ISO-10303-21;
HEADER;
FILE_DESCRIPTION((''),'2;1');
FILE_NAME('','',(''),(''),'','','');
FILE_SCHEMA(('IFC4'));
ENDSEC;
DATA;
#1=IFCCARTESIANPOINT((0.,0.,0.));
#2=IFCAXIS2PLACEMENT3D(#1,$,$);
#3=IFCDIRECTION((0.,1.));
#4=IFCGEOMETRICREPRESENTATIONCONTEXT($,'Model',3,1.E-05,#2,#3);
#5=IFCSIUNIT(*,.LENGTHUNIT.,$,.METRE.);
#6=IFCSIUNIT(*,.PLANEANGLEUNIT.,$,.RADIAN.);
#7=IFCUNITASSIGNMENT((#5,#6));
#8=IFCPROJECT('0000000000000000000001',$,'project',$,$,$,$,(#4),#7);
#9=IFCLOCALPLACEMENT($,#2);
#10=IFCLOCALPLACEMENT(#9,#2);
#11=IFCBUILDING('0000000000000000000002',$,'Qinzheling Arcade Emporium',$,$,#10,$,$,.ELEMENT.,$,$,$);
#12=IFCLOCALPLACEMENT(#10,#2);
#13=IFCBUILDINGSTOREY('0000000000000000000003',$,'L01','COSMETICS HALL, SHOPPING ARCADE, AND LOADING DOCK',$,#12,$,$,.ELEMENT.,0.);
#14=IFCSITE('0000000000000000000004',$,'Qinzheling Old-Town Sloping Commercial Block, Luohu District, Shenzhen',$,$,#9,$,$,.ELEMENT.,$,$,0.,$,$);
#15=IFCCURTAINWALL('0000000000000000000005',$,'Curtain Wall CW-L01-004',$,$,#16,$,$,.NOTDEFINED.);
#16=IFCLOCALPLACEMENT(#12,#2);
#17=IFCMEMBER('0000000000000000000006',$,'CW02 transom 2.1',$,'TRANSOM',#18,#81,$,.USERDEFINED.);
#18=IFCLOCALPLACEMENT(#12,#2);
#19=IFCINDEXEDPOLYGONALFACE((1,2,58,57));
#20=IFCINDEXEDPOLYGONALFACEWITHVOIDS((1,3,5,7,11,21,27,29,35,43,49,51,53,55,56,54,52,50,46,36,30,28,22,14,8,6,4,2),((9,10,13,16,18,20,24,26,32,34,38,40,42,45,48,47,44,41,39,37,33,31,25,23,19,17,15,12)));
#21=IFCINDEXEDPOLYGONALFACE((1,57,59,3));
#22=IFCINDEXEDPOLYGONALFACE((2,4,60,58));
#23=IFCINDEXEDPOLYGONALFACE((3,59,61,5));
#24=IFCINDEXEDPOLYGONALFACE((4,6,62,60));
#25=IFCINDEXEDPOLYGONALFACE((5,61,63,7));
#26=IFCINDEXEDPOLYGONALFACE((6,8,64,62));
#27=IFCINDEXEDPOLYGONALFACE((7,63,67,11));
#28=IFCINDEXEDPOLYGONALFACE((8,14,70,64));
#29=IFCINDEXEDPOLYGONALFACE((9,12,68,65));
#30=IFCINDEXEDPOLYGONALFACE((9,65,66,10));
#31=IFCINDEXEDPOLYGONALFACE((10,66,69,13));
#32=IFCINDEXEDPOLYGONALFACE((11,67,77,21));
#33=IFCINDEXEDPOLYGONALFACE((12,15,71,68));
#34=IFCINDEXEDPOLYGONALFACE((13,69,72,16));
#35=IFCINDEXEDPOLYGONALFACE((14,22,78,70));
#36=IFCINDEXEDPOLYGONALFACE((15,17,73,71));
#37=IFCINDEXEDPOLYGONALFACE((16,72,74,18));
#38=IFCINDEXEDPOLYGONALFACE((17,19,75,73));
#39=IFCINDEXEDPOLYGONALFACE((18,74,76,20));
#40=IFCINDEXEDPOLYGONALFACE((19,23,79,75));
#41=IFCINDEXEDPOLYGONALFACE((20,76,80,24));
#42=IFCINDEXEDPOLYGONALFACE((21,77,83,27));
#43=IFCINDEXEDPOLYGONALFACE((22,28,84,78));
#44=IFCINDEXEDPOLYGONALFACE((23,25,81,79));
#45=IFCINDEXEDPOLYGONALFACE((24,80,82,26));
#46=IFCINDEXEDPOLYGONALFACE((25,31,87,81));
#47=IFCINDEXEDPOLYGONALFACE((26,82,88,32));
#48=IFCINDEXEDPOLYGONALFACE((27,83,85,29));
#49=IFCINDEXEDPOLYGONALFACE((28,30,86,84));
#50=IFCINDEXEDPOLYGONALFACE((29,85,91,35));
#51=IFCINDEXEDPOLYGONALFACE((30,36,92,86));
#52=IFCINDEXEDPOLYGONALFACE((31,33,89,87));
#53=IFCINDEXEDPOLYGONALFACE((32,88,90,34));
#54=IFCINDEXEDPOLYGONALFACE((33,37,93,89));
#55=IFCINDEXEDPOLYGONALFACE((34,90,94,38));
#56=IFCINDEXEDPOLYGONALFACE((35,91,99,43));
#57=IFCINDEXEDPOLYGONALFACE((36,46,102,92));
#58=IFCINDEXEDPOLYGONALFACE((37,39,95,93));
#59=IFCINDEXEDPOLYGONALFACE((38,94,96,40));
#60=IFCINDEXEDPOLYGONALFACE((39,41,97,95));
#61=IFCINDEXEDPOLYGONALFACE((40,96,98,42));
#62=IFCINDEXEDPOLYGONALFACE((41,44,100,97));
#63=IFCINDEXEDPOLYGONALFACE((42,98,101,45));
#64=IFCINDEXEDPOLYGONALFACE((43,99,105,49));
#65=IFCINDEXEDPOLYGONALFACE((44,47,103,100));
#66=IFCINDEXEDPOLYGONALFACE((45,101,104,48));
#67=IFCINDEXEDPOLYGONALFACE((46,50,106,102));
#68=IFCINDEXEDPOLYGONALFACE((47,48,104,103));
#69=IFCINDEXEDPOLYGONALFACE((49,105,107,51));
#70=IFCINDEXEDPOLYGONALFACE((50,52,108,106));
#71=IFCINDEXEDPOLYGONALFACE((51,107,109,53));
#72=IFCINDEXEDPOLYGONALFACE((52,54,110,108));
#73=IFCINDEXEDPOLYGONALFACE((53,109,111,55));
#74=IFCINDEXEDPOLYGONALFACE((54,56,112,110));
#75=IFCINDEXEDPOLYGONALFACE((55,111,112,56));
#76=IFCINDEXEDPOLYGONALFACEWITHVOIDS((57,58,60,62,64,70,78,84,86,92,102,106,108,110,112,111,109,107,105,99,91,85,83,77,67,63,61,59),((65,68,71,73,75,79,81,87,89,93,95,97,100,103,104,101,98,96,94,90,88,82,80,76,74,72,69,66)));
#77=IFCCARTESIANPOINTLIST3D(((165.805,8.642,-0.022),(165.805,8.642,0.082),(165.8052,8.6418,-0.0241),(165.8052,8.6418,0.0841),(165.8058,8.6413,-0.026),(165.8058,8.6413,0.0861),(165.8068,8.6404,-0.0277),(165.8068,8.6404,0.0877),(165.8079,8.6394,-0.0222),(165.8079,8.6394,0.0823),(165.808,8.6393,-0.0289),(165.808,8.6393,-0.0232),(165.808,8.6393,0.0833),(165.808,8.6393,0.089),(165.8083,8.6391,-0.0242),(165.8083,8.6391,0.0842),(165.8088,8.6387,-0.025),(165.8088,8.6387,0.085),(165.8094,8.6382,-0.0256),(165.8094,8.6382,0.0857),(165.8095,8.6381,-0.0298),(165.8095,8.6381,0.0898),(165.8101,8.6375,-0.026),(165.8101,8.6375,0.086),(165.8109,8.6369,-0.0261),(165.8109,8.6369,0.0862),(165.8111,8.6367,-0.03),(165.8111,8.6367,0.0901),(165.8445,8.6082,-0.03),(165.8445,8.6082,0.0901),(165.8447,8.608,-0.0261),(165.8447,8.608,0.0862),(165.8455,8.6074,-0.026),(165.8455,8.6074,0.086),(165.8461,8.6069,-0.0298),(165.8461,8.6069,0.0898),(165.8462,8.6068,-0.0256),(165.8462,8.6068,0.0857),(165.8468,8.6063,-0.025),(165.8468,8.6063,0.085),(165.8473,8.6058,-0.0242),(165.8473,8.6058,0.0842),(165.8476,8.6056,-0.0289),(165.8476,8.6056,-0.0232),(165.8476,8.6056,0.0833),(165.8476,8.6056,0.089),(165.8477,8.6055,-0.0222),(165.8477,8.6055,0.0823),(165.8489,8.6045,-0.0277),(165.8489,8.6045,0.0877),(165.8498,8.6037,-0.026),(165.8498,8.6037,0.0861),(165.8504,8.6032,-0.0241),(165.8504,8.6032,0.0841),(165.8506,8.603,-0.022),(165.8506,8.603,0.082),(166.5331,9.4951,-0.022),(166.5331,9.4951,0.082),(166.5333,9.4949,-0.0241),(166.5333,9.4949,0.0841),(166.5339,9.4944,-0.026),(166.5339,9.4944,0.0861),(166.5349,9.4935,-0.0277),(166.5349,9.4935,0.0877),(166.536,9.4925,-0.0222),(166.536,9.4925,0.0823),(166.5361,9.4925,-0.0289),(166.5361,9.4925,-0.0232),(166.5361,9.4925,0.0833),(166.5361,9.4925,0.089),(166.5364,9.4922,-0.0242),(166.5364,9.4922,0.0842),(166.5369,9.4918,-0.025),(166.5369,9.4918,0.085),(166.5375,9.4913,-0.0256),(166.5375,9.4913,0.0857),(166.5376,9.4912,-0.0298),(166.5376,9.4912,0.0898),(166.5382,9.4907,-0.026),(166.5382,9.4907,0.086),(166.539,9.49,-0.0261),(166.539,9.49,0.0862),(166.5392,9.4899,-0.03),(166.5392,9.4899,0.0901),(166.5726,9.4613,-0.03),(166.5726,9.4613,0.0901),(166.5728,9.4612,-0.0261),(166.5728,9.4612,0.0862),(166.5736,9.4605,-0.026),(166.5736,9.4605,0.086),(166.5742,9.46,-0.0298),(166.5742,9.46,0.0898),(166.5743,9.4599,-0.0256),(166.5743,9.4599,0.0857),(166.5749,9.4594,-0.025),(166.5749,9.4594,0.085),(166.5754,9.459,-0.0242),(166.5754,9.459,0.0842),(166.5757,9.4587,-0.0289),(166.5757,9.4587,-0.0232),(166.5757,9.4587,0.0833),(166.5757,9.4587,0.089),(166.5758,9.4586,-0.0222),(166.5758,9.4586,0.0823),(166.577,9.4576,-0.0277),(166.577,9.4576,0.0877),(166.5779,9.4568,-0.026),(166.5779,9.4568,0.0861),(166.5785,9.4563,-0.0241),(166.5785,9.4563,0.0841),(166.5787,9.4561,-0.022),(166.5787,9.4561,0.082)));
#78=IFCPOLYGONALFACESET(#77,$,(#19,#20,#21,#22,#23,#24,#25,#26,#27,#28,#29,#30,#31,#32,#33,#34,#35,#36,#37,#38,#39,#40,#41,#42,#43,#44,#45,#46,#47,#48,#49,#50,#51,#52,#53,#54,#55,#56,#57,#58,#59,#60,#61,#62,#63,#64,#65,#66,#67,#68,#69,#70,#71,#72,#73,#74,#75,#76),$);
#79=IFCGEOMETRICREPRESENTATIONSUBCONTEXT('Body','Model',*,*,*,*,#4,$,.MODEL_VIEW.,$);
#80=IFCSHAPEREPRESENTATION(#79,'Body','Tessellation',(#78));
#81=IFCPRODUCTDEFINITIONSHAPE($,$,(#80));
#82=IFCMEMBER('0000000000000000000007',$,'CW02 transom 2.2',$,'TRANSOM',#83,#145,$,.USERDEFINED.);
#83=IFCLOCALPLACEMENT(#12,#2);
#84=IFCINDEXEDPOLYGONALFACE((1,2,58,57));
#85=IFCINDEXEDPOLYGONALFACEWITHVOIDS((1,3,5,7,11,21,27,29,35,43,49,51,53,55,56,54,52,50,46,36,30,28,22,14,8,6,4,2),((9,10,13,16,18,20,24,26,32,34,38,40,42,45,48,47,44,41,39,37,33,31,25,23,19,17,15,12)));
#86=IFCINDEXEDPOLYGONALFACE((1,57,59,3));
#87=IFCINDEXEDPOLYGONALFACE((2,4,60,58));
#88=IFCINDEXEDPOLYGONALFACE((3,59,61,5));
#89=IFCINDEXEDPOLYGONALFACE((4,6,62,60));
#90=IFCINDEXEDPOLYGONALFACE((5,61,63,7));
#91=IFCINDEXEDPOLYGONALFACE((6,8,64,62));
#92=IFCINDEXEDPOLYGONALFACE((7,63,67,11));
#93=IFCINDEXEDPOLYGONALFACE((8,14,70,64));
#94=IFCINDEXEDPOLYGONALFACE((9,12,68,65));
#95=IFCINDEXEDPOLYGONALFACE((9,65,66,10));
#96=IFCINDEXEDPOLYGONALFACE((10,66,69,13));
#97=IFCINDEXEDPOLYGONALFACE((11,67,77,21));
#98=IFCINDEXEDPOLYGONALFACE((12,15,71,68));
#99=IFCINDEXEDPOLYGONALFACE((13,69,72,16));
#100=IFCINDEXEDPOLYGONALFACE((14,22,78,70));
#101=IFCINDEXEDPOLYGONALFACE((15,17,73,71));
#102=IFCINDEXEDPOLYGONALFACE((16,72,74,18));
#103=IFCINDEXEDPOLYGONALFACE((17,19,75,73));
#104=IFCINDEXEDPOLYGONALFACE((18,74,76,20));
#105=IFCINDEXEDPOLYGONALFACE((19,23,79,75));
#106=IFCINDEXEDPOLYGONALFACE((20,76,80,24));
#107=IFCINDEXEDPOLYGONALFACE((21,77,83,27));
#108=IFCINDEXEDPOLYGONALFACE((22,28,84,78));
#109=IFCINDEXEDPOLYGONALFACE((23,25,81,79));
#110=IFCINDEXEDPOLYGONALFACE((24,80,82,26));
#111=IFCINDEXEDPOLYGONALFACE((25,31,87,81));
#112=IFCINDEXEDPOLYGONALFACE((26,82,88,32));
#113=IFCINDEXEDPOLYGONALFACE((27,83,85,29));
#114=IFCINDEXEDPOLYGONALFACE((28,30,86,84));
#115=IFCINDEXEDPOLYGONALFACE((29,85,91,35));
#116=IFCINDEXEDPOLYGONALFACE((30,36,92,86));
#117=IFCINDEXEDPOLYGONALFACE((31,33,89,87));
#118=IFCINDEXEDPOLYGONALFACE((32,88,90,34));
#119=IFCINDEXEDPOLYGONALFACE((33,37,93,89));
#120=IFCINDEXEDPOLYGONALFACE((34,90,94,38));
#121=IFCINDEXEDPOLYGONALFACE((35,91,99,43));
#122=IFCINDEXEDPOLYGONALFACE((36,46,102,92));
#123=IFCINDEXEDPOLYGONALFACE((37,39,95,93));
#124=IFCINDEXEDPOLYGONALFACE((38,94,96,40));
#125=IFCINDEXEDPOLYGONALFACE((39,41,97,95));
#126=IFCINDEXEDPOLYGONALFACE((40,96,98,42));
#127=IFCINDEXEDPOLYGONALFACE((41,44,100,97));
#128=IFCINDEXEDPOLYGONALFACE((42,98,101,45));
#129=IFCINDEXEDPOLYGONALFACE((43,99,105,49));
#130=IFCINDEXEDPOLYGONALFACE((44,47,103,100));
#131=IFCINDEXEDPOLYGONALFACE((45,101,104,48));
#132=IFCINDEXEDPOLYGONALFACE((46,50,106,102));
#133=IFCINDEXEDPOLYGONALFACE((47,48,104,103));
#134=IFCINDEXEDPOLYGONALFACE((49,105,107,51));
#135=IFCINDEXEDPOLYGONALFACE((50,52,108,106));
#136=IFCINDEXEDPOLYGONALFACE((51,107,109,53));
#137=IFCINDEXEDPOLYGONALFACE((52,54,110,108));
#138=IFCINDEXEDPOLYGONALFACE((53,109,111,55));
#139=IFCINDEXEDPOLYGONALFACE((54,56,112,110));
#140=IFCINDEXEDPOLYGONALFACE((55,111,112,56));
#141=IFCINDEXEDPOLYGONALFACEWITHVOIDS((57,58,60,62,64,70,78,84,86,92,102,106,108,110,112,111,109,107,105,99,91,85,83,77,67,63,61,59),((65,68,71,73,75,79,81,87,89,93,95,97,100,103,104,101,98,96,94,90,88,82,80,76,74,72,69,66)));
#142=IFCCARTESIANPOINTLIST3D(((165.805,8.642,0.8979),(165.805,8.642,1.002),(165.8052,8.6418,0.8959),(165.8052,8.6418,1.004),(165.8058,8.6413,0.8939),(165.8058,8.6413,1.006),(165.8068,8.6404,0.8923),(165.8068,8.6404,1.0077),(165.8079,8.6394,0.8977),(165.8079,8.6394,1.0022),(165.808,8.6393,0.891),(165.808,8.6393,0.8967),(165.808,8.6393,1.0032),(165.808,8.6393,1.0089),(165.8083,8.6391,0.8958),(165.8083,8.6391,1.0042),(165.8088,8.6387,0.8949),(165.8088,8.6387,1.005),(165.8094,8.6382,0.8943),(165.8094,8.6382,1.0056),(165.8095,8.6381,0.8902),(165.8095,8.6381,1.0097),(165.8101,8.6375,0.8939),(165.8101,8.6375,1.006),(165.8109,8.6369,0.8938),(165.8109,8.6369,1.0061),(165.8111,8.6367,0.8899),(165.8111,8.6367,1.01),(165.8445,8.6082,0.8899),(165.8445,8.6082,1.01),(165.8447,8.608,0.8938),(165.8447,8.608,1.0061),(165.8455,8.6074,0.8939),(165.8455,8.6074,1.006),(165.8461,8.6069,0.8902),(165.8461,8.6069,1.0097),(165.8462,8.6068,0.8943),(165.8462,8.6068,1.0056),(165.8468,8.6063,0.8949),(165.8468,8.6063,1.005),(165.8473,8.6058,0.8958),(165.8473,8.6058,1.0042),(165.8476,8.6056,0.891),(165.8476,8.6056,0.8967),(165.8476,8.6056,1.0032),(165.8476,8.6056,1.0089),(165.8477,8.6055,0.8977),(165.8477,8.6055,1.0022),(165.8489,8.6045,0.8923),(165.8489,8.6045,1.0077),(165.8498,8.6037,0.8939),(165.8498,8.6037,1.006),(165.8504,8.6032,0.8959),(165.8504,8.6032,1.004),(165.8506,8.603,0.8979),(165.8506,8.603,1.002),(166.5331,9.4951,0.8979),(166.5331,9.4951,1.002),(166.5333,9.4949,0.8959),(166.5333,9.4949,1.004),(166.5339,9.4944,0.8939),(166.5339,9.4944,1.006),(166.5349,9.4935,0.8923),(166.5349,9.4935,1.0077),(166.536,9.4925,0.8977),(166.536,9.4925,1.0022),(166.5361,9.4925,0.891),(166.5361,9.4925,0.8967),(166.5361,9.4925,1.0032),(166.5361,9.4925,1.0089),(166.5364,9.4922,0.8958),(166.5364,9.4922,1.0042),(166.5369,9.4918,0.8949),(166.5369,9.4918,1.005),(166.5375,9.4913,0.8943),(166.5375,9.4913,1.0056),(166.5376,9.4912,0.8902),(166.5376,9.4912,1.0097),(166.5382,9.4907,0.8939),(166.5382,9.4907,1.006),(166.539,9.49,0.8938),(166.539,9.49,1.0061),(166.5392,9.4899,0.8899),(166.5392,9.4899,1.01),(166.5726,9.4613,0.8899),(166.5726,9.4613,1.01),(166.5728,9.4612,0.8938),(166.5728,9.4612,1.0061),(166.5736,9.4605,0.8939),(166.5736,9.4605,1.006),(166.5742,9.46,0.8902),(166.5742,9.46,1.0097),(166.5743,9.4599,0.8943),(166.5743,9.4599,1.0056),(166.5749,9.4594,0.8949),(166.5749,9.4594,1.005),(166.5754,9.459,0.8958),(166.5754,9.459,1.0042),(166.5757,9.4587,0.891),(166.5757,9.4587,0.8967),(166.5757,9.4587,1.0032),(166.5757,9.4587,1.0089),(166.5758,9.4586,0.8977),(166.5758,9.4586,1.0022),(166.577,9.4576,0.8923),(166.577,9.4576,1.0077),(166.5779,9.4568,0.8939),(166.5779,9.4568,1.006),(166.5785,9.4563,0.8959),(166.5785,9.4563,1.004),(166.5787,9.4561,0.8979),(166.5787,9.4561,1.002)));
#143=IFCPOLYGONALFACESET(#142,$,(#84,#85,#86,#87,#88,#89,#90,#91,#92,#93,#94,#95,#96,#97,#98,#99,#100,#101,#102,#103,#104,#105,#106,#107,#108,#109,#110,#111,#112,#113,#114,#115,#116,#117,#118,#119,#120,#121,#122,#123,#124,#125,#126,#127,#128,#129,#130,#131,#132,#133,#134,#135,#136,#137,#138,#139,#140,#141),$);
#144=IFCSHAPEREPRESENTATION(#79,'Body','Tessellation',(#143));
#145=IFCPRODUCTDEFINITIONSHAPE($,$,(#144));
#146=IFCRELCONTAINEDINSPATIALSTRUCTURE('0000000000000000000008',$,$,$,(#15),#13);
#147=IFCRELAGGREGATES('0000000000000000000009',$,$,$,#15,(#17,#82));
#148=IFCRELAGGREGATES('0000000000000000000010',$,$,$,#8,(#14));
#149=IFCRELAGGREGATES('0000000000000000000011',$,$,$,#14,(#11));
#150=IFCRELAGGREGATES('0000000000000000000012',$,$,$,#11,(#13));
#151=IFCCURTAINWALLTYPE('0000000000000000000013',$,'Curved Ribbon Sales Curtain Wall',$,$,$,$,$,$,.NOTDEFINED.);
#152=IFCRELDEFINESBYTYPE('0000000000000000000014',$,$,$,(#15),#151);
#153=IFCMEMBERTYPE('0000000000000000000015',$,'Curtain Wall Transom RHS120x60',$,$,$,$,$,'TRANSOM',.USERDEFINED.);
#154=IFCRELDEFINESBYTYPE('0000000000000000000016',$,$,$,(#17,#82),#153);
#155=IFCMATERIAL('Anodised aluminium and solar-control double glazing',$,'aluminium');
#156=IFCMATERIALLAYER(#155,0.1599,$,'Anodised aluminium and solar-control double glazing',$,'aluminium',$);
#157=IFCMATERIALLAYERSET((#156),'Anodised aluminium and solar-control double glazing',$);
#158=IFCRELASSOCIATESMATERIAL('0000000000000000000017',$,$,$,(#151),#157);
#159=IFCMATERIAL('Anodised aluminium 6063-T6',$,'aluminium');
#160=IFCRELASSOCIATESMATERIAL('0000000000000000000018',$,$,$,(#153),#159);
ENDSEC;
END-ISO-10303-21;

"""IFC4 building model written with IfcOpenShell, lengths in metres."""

from ifc_helpers import new_model, si_unit, direction, frame, origin, origin_2d, place, context, subcontext, project, spatial, hollow_rectangle, extrude, material, layer, layer_set, material_profile, profile_set, type_object, element, aggregate, save


model = new_model("IFC4")

# Units and contexts
model_context = context("Model", 3, precision=1e-05, world=origin(), true_north=direction((0.0, 1.0)))
body_context = subcontext(model_context, "Body", "Model", "MODEL_VIEW")
ifc_project = project(units=[si_unit("LENGTHUNIT", "METRE"), si_unit("PLANEANGLEUNIT", "RADIAN")], contexts=[model_context])

# Site, building, storey
site_placement = place(None, origin())
site = spatial("IfcSite", under=ifc_project, at=site_placement, Name="Qinzheling Old-Town Sloping Commercial Block, Luohu District, Shenzhen", CompositionType="ELEMENT", RefElevation=0.0)
building_placement = place(site_placement, origin())
building = spatial("IfcBuilding", under=site, at=building_placement, Name="Qinzheling Arcade Emporium", CompositionType="ELEMENT")
storey_placement = place(building_placement, origin())
storey = spatial("IfcBuildingStorey", under=building, at=storey_placement, Name="L01", Description="COSMETICS HALL, SHOPPING ARCADE, AND LOADING DOCK", CompositionType="ELEMENT", Elevation=0.0)

# Shared definitions
ifc_material_1 = material(Name="Anodised aluminium and solar-control double glazing", Category="aluminium")
ifc_layer_1 = layer(ifc_material_1, 0.1599, Name="Anodised aluminium and solar-control double glazing", Category="aluminium")
ifc_layer_set_1 = layer_set([ifc_layer_1], Name="Anodised aluminium and solar-control double glazing")
curtain_wall_type = type_object("IfcCurtainWallType", Name="Curved Ribbon Sales Curtain Wall", PredefinedType="NOTDEFINED", material=ifc_layer_set_1)
ifc_material_2 = material(Name="Anodised aluminium 6063-T6", Category="aluminium")

# Curtain wall
curtain_wall_1_placement = place(storey_placement, origin())
curtain_wall_1 = element("IfcCurtainWall", 1, at=curtain_wall_1_placement, inside=storey, type_object=curtain_wall_type, Name="Curtain Wall CW-L01-004", PredefinedType="NOTDEFINED")

# Members
ifc_material_profile_1 = material_profile(ifc_material_2, hollow_rectangle(XDim=0.0601, YDim=0.1201, WallThickness=0.0039, InnerFilletRadius=0.0039, OuterFilletRadius=0.0081, at=origin_2d()), Name="RHS 120x60x4", Category="aluminium")
ifc_profile_set_1 = profile_set([ifc_material_profile_1], Name="Anodised aluminium 6063-T6")
member_type_1 = type_object("IfcMemberType", Name="Curtain Wall Transom RHS120x60", ElementType="TRANSOM", PredefinedType="USERDEFINED", material=ifc_profile_set_1)
member_1_placement = place(storey_placement, frame((166.5559, 9.4756, 0.03), z_axis=(-0.649176, -0.760638, 0.0), x_axis=(0.760638, -0.649176, 0.0)))
member_1 = element("IfcMember", 2, at=member_1_placement, type_object=member_type_1, Name="CW02 transom 2.1", ObjectType="TRANSOM", PredefinedType="USERDEFINED", context=body_context, shape_type="SweptSolid", body=[
    extrude(hollow_rectangle(XDim=0.0601, YDim=0.1201, WallThickness=0.0039, InnerFilletRadius=0.0039, OuterFilletRadius=0.0081, at=origin_2d()), origin(), (0.0, 0.0, 1.0), 1.1216),
])
member_2_placement = place(storey_placement, frame((166.5559, 9.4756, 0.95), z_axis=(-0.649176, -0.760638, 0.0), x_axis=(0.760638, -0.649176, 0.0)))
member_2 = element("IfcMember", 3, at=member_2_placement, type_object=member_type_1, Name="CW02 transom 2.2", ObjectType="TRANSOM", PredefinedType="USERDEFINED", context=body_context, shape_type="SweptSolid", body=[
    extrude(hollow_rectangle(XDim=0.0601, YDim=0.1201, WallThickness=0.0039, InnerFilletRadius=0.0039, OuterFilletRadius=0.0081, at=origin_2d()), origin(), (0.0, 0.0, 1.0), 1.1216),
])

aggregate(curtain_wall_1, [member_1, member_2])

save(model, "model.ifc")
